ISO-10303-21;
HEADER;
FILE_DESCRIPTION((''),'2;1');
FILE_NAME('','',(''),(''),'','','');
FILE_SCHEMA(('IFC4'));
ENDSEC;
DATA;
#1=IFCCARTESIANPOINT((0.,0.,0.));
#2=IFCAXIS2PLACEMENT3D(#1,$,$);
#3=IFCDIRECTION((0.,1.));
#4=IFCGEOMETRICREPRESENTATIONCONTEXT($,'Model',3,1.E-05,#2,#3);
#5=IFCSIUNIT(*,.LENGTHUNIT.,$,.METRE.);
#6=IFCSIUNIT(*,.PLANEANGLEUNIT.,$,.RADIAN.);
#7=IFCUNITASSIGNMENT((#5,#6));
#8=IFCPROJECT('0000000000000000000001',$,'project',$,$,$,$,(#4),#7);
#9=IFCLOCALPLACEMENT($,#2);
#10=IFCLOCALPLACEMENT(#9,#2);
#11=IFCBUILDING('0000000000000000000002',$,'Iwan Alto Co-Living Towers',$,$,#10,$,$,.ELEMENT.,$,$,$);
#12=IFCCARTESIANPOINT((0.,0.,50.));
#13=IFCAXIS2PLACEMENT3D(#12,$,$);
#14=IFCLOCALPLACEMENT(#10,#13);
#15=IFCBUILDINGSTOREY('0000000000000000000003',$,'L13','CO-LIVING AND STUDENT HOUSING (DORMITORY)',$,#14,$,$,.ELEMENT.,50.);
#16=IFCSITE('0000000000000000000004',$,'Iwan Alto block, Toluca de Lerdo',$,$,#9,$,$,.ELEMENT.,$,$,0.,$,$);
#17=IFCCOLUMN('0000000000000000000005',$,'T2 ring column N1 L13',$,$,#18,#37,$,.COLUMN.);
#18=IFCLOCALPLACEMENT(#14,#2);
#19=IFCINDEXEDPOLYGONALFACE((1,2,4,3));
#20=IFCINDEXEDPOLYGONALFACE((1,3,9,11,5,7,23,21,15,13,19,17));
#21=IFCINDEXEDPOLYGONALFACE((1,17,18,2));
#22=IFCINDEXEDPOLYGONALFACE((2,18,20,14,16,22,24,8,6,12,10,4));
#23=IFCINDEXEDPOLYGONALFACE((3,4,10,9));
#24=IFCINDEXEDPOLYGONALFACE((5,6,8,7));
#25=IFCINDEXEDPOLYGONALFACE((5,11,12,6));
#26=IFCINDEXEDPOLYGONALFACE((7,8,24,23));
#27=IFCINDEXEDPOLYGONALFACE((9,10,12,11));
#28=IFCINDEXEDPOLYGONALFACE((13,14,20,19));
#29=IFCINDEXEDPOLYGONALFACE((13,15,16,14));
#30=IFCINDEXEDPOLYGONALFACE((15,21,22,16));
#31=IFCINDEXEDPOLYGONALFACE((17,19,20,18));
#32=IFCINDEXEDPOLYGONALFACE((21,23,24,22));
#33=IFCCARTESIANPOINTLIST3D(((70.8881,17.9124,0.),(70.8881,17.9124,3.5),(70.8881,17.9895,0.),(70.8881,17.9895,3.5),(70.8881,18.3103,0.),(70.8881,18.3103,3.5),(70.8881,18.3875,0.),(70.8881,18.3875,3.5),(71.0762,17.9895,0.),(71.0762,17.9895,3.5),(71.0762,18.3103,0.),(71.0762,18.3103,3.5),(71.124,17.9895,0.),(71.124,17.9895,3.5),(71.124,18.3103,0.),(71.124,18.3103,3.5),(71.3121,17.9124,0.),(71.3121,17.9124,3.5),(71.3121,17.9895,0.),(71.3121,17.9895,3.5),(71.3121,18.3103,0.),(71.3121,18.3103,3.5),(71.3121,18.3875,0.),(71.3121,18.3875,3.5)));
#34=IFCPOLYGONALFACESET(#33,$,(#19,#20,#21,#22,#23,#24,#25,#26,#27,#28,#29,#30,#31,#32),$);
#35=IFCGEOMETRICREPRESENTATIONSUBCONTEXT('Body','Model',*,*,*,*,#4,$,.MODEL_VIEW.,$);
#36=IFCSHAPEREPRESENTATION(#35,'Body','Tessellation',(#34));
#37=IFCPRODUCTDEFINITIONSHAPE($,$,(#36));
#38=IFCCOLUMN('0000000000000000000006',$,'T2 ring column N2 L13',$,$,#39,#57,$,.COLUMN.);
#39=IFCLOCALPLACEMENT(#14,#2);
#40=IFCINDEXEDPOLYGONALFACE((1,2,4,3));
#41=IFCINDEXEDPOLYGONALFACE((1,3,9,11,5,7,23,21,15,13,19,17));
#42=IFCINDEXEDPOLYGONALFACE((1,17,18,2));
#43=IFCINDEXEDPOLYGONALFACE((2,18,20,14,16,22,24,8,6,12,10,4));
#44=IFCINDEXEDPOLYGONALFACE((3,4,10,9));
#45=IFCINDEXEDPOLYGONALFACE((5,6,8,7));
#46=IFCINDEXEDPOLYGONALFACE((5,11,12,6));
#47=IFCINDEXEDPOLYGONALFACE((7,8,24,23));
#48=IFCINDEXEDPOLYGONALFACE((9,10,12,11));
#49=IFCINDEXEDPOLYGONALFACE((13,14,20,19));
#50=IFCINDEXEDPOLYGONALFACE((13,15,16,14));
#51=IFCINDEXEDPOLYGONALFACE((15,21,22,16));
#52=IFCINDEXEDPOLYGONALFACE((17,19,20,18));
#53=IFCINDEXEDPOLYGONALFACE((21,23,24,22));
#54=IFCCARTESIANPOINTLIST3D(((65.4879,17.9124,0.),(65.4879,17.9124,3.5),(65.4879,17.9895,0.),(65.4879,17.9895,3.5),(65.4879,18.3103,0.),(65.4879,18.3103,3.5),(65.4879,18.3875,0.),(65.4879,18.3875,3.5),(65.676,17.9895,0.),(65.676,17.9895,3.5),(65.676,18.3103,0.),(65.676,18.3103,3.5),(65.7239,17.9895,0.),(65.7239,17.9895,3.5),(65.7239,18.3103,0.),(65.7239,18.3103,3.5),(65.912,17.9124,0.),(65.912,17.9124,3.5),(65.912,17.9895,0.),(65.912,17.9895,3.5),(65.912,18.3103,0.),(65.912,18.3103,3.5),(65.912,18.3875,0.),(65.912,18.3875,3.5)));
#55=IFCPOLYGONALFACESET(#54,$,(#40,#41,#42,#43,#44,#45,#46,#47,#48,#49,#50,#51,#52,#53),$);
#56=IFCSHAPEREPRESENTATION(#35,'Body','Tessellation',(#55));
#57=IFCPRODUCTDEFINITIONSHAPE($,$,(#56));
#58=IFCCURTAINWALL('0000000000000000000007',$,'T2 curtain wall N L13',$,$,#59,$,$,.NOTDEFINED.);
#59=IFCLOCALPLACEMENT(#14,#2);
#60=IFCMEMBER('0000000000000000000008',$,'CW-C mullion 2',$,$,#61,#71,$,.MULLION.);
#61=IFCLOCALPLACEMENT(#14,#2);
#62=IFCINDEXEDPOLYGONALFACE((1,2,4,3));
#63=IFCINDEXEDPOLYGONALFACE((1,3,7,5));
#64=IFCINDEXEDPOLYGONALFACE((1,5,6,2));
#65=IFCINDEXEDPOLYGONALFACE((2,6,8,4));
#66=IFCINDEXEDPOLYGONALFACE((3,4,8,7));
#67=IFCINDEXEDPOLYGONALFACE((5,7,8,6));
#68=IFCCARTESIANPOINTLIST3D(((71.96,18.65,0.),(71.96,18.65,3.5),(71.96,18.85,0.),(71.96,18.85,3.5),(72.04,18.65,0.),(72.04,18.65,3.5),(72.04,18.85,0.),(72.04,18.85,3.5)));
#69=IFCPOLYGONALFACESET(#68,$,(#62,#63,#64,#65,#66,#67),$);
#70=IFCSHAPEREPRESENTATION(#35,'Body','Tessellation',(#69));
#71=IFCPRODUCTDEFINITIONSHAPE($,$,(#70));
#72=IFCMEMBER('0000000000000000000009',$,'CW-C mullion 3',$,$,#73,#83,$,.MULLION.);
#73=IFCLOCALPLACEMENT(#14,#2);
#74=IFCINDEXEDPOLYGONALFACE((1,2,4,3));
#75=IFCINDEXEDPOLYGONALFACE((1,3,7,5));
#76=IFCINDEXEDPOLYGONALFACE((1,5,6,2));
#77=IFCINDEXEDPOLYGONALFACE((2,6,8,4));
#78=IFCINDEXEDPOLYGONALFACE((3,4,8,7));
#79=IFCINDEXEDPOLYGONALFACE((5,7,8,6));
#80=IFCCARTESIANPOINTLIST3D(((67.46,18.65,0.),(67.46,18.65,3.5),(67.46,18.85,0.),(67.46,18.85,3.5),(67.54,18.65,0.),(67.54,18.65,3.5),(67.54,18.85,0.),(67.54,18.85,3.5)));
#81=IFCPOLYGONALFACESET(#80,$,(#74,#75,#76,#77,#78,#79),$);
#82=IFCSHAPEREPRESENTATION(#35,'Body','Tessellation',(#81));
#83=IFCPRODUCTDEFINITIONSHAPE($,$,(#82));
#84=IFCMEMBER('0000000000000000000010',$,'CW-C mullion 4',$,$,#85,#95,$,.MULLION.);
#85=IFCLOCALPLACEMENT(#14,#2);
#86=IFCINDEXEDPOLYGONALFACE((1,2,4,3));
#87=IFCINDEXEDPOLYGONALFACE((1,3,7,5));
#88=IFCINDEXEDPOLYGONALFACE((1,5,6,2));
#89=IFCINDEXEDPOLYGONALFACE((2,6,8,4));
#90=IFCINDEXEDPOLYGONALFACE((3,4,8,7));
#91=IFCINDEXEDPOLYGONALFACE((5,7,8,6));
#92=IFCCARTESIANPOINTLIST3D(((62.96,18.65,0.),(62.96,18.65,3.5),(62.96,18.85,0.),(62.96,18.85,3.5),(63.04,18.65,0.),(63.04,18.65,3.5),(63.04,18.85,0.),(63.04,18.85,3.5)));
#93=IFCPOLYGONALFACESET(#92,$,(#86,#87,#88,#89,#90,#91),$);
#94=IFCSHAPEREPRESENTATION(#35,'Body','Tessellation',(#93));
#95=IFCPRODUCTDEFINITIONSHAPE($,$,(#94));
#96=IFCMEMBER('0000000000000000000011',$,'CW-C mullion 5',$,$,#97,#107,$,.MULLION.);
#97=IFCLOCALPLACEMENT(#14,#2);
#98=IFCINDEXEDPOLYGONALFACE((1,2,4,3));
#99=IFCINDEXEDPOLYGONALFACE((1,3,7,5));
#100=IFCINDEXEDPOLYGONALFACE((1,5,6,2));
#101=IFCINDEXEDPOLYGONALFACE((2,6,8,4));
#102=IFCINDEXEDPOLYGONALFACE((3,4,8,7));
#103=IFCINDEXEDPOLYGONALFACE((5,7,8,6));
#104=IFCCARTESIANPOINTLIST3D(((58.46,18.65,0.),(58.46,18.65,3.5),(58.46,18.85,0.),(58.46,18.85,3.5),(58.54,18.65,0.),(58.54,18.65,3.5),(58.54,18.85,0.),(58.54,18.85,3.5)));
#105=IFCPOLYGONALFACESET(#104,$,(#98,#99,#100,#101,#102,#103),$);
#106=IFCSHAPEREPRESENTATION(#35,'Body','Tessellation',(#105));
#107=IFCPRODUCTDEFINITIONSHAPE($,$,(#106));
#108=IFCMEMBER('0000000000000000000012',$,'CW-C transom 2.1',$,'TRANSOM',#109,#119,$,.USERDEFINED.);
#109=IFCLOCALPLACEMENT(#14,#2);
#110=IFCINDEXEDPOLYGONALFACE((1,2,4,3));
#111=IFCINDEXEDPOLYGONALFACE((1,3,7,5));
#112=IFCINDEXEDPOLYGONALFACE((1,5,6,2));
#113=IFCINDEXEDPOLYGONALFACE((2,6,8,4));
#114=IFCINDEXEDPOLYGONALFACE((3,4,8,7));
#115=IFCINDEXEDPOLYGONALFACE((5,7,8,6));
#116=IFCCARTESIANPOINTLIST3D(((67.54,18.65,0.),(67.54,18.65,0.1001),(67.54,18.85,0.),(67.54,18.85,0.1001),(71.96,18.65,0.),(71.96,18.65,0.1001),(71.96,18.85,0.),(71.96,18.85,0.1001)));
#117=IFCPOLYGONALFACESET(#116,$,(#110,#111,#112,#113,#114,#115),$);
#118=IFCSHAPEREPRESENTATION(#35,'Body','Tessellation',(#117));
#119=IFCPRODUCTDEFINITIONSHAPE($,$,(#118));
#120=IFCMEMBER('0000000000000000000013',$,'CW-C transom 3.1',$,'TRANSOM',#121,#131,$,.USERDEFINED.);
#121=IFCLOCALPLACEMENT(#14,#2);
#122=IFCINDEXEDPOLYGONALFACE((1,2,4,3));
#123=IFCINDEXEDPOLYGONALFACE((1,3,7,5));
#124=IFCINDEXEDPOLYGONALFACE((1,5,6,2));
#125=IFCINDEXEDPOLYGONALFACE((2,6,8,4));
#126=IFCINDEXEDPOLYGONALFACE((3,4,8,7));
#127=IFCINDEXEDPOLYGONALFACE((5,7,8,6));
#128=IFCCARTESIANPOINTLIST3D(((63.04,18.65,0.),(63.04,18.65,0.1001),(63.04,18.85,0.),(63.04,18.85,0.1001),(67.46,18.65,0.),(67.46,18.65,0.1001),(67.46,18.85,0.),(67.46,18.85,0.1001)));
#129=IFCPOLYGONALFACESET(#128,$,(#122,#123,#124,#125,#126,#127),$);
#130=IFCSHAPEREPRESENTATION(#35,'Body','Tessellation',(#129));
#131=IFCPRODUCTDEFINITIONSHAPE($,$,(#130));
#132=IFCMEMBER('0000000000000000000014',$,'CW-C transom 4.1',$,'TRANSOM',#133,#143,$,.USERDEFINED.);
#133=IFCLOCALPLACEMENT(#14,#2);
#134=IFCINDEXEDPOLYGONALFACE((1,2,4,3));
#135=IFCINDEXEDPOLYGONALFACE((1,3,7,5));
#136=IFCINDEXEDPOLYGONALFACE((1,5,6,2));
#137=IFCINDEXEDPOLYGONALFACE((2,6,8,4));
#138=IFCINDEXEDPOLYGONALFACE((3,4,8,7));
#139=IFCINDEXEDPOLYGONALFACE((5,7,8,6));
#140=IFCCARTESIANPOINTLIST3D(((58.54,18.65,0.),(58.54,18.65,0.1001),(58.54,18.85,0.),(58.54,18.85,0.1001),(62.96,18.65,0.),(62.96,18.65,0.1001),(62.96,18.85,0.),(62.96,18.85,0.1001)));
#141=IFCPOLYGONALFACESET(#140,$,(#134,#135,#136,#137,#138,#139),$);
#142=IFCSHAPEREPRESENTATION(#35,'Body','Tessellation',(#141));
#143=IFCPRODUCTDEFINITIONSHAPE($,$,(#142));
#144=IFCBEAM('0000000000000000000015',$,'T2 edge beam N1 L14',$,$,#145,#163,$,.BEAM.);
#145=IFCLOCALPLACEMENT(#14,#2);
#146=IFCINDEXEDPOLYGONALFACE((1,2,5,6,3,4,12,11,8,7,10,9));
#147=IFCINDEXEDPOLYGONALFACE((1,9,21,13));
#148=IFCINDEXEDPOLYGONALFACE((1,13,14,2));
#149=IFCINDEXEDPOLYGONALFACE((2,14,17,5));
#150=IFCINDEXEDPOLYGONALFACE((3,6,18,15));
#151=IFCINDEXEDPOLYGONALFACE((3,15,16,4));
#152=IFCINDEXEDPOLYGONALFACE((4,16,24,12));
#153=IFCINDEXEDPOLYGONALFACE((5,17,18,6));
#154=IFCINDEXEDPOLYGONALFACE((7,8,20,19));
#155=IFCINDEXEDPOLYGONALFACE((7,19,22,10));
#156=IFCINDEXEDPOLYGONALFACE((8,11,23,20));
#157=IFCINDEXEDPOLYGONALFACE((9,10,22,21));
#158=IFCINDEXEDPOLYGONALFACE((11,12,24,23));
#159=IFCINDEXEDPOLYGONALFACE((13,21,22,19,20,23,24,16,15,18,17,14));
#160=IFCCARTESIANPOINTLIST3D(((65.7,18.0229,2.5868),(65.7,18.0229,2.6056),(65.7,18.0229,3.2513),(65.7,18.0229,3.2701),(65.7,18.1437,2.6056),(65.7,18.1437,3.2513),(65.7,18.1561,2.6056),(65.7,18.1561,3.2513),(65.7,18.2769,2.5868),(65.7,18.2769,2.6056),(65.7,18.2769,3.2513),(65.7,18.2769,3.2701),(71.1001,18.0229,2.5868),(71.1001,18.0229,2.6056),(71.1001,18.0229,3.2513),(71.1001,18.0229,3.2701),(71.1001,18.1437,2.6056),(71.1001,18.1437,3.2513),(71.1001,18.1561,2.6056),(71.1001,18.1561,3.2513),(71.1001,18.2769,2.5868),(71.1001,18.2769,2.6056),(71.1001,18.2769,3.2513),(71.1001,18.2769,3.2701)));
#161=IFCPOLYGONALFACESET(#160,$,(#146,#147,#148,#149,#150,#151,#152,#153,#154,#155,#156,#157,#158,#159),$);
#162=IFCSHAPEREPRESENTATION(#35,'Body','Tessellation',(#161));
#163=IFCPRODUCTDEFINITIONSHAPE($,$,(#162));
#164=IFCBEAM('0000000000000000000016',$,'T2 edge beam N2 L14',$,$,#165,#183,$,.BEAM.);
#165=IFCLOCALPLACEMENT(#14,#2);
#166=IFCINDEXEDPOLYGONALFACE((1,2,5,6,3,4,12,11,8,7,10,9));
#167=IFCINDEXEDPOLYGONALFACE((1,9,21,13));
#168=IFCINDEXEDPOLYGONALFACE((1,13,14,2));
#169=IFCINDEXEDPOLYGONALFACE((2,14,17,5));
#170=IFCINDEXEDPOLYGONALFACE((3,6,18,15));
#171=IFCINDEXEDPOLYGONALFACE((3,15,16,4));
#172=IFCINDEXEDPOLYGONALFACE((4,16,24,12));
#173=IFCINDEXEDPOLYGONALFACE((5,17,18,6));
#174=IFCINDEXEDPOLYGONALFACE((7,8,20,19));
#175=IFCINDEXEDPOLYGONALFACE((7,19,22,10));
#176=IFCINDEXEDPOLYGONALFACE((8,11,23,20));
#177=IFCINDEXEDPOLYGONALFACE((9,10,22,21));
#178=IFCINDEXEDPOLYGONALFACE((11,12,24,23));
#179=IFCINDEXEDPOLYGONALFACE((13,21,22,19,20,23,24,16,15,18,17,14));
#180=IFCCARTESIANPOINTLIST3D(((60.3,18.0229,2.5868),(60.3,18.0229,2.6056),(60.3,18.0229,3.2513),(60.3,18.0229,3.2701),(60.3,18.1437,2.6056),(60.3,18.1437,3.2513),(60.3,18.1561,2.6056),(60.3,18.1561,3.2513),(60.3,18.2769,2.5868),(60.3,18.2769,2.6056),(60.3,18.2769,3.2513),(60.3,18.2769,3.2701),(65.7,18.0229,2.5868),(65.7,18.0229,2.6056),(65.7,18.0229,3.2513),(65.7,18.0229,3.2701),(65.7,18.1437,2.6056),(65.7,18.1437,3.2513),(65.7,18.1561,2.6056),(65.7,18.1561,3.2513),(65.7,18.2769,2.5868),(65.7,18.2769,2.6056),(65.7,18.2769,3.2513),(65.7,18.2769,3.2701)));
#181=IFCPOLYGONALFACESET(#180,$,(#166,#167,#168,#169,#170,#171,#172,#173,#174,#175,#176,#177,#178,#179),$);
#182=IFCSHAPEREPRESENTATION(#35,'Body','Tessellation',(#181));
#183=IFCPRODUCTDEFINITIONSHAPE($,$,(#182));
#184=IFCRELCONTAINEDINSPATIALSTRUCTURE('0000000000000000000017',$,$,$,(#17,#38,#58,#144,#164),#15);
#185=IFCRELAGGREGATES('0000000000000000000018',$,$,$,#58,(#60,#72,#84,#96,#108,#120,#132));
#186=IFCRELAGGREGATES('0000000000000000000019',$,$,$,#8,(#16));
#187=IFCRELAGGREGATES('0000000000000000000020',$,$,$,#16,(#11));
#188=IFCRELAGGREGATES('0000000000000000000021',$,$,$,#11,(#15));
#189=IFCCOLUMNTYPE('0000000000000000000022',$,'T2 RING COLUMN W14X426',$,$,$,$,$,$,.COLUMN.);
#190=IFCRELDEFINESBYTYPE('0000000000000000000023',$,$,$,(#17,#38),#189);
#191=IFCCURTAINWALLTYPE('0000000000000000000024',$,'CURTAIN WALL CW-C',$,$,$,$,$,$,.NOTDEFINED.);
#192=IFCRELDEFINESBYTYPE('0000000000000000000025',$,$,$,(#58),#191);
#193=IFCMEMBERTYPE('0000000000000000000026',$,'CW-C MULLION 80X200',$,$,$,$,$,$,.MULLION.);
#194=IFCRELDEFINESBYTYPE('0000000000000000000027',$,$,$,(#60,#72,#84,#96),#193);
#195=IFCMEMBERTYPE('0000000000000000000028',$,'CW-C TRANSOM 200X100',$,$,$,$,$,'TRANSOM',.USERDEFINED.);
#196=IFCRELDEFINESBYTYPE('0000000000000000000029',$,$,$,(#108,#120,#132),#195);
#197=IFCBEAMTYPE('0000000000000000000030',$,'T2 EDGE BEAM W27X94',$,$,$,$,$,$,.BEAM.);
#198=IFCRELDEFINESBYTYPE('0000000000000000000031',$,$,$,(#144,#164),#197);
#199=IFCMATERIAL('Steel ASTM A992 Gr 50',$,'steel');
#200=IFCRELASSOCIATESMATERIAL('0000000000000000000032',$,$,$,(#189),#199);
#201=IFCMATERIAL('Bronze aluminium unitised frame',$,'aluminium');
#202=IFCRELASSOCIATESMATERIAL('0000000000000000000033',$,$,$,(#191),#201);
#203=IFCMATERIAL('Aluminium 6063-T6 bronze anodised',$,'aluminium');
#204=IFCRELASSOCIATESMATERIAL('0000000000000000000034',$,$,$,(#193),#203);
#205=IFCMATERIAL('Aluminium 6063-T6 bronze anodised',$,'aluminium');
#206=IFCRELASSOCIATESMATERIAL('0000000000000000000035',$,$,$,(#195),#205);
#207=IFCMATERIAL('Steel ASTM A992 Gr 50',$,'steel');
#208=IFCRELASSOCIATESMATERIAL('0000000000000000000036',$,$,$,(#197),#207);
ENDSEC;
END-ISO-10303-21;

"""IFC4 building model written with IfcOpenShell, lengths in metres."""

from ifc_helpers import new_model, si_unit, direction, frame, origin, origin_2d, place, context, subcontext, project, spatial, rectangle, i_section, extrude, material, material_profile, profile_set, type_object, element, aggregate, save


model = new_model("IFC4")

# Units and contexts
model_context = context("Model", 3, precision=1e-05, world=origin(), true_north=direction((0.0, 1.0)))
body_context = subcontext(model_context, "Body", "Model", "MODEL_VIEW")
ifc_project = project(units=[si_unit("LENGTHUNIT", "METRE"), si_unit("PLANEANGLEUNIT", "RADIAN")], contexts=[model_context])

# Site, building, storey
site_placement = place(None, origin())
site = spatial("IfcSite", under=ifc_project, at=site_placement, Name="Iwan Alto block, Toluca de Lerdo", CompositionType="ELEMENT", RefElevation=0.0)
building_placement = place(site_placement, origin())
building = spatial("IfcBuilding", under=site, at=building_placement, Name="Iwan Alto Co-Living Towers", CompositionType="ELEMENT")
storey_placement = place(building_placement, frame((0.0, 0.0, 50.0)))
storey = spatial("IfcBuildingStorey", under=building, at=storey_placement, Name="L13", Description="CO-LIVING AND STUDENT HOUSING (DORMITORY)", CompositionType="ELEMENT", Elevation=50.0)

# Columns
ifc_material_1 = material(Name="Steel ASTM A992 Gr 50", Category="steel")
ifc_material_profile_1 = material_profile(ifc_material_1, i_section(OverallWidth=0.4241, OverallDepth=0.4751, WebThickness=0.0479, FlangeThickness=0.0771, at=origin_2d()), Name="W14X426")
ifc_profile_set_1 = profile_set([ifc_material_profile_1], Name="Steel ASTM A992 Gr 50")
column_type = type_object("IfcColumnType", Name="T2 RING COLUMN W14X426", PredefinedType="COLUMN", material=ifc_profile_set_1)
for number, where, z_axis, x_axis, name in (
    (1, (71.1001, 18.1499, 0.0), (0.0, 0.0, 1.0), (1.0, 0.0, 0.0), "T2 ring column N1 L13"),
    (2, (65.7, 18.1499, 0.0), (0.0, 0.0, 1.0), (1.0, 0.0, 0.0), "T2 ring column N2 L13"),
):
    element("IfcColumn", number, at=place(storey_placement, frame(where, z_axis=z_axis, x_axis=x_axis)), inside=storey, type_object=column_type, Name=name, PredefinedType="COLUMN", context=body_context, shape_type="SweptSolid", body=[
        extrude(i_section(OverallWidth=0.4241, OverallDepth=0.4751, WebThickness=0.0479, FlangeThickness=0.0771, at=origin_2d()), origin(), (0.0, 0.0, 1.0), 3.5),
    ])

# Curtain wall, members
ifc_material_2 = material(Name="Bronze aluminium unitised frame", Category="aluminium")
curtain_wall_type = type_object("IfcCurtainWallType", Name="CURTAIN WALL CW-C", PredefinedType="NOTDEFINED", material=ifc_material_2)
curtain_wall_placement = place(storey_placement, origin())
curtain_wall = element("IfcCurtainWall", 3, at=curtain_wall_placement, inside=storey, type_object=curtain_wall_type, Name="T2 curtain wall N L13", PredefinedType="NOTDEFINED")
ifc_material_3 = material(Name="Aluminium 6063-T6 bronze anodised", Category="aluminium")
ifc_material_profile_2 = material_profile(ifc_material_3, rectangle(XDim=0.2, YDim=0.0801, at=origin_2d()), Name="AL 80X200")
ifc_profile_set_2 = profile_set([ifc_material_profile_2], Name="Aluminium 6063-T6 bronze anodised")
member_type_1 = type_object("IfcMemberType", Name="CW-C MULLION 80X200", PredefinedType="MULLION", material=ifc_profile_set_2)
member_1_placement = place(storey_placement, frame((72.0, 18.75, 0.0), z_axis=(0.0, 0.0, 1.0), x_axis=(0.0, -1.0, 0.0)))
member_1 = element("IfcMember", 4, at=member_1_placement, type_object=member_type_1, Name="CW-C mullion 2", PredefinedType="MULLION", context=body_context, shape_type="SweptSolid", body=[
    extrude(rectangle(XDim=0.2, YDim=0.0801, at=origin_2d()), origin(), (0.0, 0.0, 1.0), 3.5),
])
member_2_placement = place(storey_placement, frame((67.5, 18.75, 0.0), z_axis=(0.0, 0.0, 1.0), x_axis=(0.0, -1.0, 0.0)))
member_2 = element("IfcMember", 5, at=member_2_placement, type_object=member_type_1, Name="CW-C mullion 3", PredefinedType="MULLION", context=body_context, shape_type="SweptSolid", body=[
    extrude(rectangle(XDim=0.2, YDim=0.0801, at=origin_2d()), origin(), (0.0, 0.0, 1.0), 3.5),
])
member_3_placement = place(storey_placement, frame((63.0, 18.75, 0.0), z_axis=(0.0, 0.0, 1.0), x_axis=(0.0, -1.0, 0.0)))
member_3 = element("IfcMember", 6, at=member_3_placement, type_object=member_type_1, Name="CW-C mullion 4", PredefinedType="MULLION", context=body_context, shape_type="SweptSolid", body=[
    extrude(rectangle(XDim=0.2, YDim=0.0801, at=origin_2d()), origin(), (0.0, 0.0, 1.0), 3.5),
])
member_4_placement = place(storey_placement, frame((58.5, 18.75, 0.0), z_axis=(0.0, 0.0, 1.0), x_axis=(0.0, -1.0, 0.0)))
member_4 = element("IfcMember", 7, at=member_4_placement, type_object=member_type_1, Name="CW-C mullion 5", PredefinedType="MULLION", context=body_context, shape_type="SweptSolid", body=[
    extrude(rectangle(XDim=0.2, YDim=0.0801, at=origin_2d()), origin(), (0.0, 0.0, 1.0), 3.5),
])
ifc_material_4 = material(Name="Aluminium 6063-T6 bronze anodised", Category="aluminium")
ifc_material_profile_3 = material_profile(ifc_material_4, rectangle(XDim=0.2, YDim=0.1001, at=origin_2d()), Name="AL 200X100")
ifc_profile_set_3 = profile_set([ifc_material_profile_3], Name="Aluminium 6063-T6 bronze anodised")
member_type_2 = type_object("IfcMemberType", Name="CW-C TRANSOM 200X100", ElementType="TRANSOM", PredefinedType="USERDEFINED", material=ifc_profile_set_3)
member_5_placement = place(storey_placement, frame((71.96, 18.75, 0.05), z_axis=(-1.0, 0.0, 0.0), x_axis=(0.0, -1.0, 0.0)))
member_5 = element("IfcMember", 8, at=member_5_placement, type_object=member_type_2, Name="CW-C transom 2.1", ObjectType="TRANSOM", PredefinedType="USERDEFINED", context=body_context, shape_type="SweptSolid", body=[
    extrude(rectangle(XDim=0.2, YDim=0.1001, at=origin_2d()), origin(), (0.0, 0.0, 1.0), 4.4199),
])
member_6_placement = place(storey_placement, frame((67.46, 18.75, 0.05), z_axis=(-1.0, 0.0, 0.0), x_axis=(0.0, -1.0, 0.0)))
member_6 = element("IfcMember", 9, at=member_6_placement, type_object=member_type_2, Name="CW-C transom 3.1", ObjectType="TRANSOM", PredefinedType="USERDEFINED", context=body_context, shape_type="SweptSolid", body=[
    extrude(rectangle(XDim=0.2, YDim=0.1001, at=origin_2d()), origin(), (0.0, 0.0, 1.0), 4.4199),
])
member_7_placement = place(storey_placement, frame((62.96, 18.75, 0.05), z_axis=(-1.0, 0.0, 0.0), x_axis=(0.0, -1.0, 0.0)))
member_7 = element("IfcMember", 10, at=member_7_placement, type_object=member_type_2, Name="CW-C transom 4.1", ObjectType="TRANSOM", PredefinedType="USERDEFINED", context=body_context, shape_type="SweptSolid", body=[
    extrude(rectangle(XDim=0.2, YDim=0.1001, at=origin_2d()), origin(), (0.0, 0.0, 1.0), 4.4199),
])

# Beams
ifc_material_5 = material(Name="Steel ASTM A992 Gr 50", Category="steel")
ifc_material_profile_4 = material_profile(ifc_material_5, i_section(OverallWidth=0.2539, OverallDepth=0.6833, WebThickness=0.0125, FlangeThickness=0.0188, at=origin_2d()), Name="W27X94")
ifc_profile_set_4 = profile_set([ifc_material_profile_4], Name="Steel ASTM A992 Gr 50")
beam_type_1 = type_object("IfcBeamType", Name="T2 EDGE BEAM W27X94", PredefinedType="BEAM", material=ifc_profile_set_4)
beam_1_placement = place(storey_placement, frame((71.1001, 18.1499, 2.9285), z_axis=(-1.0, 0.0, 0.0), x_axis=(0.0, -1.0, 0.0)))
element("IfcBeam", 11, at=beam_1_placement, inside=storey, type_object=beam_type_1, Name="T2 edge beam N1 L14", PredefinedType="BEAM", context=body_context, shape_type="SweptSolid", body=[
    extrude(i_section(OverallWidth=0.2539, OverallDepth=0.6833, WebThickness=0.0125, FlangeThickness=0.0188, at=origin_2d()), origin(), (0.0, 0.0, 1.0), 5.4001),
])
beam_2_placement = place(storey_placement, frame((65.7, 18.1499, 2.9285), z_axis=(-1.0, 0.0, 0.0), x_axis=(0.0, -1.0, 0.0)))
element("IfcBeam", 12, at=beam_2_placement, inside=storey, type_object=beam_type_1, Name="T2 edge beam N2 L14", PredefinedType="BEAM", context=body_context, shape_type="SweptSolid", body=[
    extrude(i_section(OverallWidth=0.2539, OverallDepth=0.6833, WebThickness=0.0125, FlangeThickness=0.0188, at=origin_2d()), origin(), (0.0, 0.0, 1.0), 5.3999),
])

aggregate(curtain_wall, [member_1, member_2, member_3, member_4, member_5, member_6, member_7])

save(model, "model.ifc")
